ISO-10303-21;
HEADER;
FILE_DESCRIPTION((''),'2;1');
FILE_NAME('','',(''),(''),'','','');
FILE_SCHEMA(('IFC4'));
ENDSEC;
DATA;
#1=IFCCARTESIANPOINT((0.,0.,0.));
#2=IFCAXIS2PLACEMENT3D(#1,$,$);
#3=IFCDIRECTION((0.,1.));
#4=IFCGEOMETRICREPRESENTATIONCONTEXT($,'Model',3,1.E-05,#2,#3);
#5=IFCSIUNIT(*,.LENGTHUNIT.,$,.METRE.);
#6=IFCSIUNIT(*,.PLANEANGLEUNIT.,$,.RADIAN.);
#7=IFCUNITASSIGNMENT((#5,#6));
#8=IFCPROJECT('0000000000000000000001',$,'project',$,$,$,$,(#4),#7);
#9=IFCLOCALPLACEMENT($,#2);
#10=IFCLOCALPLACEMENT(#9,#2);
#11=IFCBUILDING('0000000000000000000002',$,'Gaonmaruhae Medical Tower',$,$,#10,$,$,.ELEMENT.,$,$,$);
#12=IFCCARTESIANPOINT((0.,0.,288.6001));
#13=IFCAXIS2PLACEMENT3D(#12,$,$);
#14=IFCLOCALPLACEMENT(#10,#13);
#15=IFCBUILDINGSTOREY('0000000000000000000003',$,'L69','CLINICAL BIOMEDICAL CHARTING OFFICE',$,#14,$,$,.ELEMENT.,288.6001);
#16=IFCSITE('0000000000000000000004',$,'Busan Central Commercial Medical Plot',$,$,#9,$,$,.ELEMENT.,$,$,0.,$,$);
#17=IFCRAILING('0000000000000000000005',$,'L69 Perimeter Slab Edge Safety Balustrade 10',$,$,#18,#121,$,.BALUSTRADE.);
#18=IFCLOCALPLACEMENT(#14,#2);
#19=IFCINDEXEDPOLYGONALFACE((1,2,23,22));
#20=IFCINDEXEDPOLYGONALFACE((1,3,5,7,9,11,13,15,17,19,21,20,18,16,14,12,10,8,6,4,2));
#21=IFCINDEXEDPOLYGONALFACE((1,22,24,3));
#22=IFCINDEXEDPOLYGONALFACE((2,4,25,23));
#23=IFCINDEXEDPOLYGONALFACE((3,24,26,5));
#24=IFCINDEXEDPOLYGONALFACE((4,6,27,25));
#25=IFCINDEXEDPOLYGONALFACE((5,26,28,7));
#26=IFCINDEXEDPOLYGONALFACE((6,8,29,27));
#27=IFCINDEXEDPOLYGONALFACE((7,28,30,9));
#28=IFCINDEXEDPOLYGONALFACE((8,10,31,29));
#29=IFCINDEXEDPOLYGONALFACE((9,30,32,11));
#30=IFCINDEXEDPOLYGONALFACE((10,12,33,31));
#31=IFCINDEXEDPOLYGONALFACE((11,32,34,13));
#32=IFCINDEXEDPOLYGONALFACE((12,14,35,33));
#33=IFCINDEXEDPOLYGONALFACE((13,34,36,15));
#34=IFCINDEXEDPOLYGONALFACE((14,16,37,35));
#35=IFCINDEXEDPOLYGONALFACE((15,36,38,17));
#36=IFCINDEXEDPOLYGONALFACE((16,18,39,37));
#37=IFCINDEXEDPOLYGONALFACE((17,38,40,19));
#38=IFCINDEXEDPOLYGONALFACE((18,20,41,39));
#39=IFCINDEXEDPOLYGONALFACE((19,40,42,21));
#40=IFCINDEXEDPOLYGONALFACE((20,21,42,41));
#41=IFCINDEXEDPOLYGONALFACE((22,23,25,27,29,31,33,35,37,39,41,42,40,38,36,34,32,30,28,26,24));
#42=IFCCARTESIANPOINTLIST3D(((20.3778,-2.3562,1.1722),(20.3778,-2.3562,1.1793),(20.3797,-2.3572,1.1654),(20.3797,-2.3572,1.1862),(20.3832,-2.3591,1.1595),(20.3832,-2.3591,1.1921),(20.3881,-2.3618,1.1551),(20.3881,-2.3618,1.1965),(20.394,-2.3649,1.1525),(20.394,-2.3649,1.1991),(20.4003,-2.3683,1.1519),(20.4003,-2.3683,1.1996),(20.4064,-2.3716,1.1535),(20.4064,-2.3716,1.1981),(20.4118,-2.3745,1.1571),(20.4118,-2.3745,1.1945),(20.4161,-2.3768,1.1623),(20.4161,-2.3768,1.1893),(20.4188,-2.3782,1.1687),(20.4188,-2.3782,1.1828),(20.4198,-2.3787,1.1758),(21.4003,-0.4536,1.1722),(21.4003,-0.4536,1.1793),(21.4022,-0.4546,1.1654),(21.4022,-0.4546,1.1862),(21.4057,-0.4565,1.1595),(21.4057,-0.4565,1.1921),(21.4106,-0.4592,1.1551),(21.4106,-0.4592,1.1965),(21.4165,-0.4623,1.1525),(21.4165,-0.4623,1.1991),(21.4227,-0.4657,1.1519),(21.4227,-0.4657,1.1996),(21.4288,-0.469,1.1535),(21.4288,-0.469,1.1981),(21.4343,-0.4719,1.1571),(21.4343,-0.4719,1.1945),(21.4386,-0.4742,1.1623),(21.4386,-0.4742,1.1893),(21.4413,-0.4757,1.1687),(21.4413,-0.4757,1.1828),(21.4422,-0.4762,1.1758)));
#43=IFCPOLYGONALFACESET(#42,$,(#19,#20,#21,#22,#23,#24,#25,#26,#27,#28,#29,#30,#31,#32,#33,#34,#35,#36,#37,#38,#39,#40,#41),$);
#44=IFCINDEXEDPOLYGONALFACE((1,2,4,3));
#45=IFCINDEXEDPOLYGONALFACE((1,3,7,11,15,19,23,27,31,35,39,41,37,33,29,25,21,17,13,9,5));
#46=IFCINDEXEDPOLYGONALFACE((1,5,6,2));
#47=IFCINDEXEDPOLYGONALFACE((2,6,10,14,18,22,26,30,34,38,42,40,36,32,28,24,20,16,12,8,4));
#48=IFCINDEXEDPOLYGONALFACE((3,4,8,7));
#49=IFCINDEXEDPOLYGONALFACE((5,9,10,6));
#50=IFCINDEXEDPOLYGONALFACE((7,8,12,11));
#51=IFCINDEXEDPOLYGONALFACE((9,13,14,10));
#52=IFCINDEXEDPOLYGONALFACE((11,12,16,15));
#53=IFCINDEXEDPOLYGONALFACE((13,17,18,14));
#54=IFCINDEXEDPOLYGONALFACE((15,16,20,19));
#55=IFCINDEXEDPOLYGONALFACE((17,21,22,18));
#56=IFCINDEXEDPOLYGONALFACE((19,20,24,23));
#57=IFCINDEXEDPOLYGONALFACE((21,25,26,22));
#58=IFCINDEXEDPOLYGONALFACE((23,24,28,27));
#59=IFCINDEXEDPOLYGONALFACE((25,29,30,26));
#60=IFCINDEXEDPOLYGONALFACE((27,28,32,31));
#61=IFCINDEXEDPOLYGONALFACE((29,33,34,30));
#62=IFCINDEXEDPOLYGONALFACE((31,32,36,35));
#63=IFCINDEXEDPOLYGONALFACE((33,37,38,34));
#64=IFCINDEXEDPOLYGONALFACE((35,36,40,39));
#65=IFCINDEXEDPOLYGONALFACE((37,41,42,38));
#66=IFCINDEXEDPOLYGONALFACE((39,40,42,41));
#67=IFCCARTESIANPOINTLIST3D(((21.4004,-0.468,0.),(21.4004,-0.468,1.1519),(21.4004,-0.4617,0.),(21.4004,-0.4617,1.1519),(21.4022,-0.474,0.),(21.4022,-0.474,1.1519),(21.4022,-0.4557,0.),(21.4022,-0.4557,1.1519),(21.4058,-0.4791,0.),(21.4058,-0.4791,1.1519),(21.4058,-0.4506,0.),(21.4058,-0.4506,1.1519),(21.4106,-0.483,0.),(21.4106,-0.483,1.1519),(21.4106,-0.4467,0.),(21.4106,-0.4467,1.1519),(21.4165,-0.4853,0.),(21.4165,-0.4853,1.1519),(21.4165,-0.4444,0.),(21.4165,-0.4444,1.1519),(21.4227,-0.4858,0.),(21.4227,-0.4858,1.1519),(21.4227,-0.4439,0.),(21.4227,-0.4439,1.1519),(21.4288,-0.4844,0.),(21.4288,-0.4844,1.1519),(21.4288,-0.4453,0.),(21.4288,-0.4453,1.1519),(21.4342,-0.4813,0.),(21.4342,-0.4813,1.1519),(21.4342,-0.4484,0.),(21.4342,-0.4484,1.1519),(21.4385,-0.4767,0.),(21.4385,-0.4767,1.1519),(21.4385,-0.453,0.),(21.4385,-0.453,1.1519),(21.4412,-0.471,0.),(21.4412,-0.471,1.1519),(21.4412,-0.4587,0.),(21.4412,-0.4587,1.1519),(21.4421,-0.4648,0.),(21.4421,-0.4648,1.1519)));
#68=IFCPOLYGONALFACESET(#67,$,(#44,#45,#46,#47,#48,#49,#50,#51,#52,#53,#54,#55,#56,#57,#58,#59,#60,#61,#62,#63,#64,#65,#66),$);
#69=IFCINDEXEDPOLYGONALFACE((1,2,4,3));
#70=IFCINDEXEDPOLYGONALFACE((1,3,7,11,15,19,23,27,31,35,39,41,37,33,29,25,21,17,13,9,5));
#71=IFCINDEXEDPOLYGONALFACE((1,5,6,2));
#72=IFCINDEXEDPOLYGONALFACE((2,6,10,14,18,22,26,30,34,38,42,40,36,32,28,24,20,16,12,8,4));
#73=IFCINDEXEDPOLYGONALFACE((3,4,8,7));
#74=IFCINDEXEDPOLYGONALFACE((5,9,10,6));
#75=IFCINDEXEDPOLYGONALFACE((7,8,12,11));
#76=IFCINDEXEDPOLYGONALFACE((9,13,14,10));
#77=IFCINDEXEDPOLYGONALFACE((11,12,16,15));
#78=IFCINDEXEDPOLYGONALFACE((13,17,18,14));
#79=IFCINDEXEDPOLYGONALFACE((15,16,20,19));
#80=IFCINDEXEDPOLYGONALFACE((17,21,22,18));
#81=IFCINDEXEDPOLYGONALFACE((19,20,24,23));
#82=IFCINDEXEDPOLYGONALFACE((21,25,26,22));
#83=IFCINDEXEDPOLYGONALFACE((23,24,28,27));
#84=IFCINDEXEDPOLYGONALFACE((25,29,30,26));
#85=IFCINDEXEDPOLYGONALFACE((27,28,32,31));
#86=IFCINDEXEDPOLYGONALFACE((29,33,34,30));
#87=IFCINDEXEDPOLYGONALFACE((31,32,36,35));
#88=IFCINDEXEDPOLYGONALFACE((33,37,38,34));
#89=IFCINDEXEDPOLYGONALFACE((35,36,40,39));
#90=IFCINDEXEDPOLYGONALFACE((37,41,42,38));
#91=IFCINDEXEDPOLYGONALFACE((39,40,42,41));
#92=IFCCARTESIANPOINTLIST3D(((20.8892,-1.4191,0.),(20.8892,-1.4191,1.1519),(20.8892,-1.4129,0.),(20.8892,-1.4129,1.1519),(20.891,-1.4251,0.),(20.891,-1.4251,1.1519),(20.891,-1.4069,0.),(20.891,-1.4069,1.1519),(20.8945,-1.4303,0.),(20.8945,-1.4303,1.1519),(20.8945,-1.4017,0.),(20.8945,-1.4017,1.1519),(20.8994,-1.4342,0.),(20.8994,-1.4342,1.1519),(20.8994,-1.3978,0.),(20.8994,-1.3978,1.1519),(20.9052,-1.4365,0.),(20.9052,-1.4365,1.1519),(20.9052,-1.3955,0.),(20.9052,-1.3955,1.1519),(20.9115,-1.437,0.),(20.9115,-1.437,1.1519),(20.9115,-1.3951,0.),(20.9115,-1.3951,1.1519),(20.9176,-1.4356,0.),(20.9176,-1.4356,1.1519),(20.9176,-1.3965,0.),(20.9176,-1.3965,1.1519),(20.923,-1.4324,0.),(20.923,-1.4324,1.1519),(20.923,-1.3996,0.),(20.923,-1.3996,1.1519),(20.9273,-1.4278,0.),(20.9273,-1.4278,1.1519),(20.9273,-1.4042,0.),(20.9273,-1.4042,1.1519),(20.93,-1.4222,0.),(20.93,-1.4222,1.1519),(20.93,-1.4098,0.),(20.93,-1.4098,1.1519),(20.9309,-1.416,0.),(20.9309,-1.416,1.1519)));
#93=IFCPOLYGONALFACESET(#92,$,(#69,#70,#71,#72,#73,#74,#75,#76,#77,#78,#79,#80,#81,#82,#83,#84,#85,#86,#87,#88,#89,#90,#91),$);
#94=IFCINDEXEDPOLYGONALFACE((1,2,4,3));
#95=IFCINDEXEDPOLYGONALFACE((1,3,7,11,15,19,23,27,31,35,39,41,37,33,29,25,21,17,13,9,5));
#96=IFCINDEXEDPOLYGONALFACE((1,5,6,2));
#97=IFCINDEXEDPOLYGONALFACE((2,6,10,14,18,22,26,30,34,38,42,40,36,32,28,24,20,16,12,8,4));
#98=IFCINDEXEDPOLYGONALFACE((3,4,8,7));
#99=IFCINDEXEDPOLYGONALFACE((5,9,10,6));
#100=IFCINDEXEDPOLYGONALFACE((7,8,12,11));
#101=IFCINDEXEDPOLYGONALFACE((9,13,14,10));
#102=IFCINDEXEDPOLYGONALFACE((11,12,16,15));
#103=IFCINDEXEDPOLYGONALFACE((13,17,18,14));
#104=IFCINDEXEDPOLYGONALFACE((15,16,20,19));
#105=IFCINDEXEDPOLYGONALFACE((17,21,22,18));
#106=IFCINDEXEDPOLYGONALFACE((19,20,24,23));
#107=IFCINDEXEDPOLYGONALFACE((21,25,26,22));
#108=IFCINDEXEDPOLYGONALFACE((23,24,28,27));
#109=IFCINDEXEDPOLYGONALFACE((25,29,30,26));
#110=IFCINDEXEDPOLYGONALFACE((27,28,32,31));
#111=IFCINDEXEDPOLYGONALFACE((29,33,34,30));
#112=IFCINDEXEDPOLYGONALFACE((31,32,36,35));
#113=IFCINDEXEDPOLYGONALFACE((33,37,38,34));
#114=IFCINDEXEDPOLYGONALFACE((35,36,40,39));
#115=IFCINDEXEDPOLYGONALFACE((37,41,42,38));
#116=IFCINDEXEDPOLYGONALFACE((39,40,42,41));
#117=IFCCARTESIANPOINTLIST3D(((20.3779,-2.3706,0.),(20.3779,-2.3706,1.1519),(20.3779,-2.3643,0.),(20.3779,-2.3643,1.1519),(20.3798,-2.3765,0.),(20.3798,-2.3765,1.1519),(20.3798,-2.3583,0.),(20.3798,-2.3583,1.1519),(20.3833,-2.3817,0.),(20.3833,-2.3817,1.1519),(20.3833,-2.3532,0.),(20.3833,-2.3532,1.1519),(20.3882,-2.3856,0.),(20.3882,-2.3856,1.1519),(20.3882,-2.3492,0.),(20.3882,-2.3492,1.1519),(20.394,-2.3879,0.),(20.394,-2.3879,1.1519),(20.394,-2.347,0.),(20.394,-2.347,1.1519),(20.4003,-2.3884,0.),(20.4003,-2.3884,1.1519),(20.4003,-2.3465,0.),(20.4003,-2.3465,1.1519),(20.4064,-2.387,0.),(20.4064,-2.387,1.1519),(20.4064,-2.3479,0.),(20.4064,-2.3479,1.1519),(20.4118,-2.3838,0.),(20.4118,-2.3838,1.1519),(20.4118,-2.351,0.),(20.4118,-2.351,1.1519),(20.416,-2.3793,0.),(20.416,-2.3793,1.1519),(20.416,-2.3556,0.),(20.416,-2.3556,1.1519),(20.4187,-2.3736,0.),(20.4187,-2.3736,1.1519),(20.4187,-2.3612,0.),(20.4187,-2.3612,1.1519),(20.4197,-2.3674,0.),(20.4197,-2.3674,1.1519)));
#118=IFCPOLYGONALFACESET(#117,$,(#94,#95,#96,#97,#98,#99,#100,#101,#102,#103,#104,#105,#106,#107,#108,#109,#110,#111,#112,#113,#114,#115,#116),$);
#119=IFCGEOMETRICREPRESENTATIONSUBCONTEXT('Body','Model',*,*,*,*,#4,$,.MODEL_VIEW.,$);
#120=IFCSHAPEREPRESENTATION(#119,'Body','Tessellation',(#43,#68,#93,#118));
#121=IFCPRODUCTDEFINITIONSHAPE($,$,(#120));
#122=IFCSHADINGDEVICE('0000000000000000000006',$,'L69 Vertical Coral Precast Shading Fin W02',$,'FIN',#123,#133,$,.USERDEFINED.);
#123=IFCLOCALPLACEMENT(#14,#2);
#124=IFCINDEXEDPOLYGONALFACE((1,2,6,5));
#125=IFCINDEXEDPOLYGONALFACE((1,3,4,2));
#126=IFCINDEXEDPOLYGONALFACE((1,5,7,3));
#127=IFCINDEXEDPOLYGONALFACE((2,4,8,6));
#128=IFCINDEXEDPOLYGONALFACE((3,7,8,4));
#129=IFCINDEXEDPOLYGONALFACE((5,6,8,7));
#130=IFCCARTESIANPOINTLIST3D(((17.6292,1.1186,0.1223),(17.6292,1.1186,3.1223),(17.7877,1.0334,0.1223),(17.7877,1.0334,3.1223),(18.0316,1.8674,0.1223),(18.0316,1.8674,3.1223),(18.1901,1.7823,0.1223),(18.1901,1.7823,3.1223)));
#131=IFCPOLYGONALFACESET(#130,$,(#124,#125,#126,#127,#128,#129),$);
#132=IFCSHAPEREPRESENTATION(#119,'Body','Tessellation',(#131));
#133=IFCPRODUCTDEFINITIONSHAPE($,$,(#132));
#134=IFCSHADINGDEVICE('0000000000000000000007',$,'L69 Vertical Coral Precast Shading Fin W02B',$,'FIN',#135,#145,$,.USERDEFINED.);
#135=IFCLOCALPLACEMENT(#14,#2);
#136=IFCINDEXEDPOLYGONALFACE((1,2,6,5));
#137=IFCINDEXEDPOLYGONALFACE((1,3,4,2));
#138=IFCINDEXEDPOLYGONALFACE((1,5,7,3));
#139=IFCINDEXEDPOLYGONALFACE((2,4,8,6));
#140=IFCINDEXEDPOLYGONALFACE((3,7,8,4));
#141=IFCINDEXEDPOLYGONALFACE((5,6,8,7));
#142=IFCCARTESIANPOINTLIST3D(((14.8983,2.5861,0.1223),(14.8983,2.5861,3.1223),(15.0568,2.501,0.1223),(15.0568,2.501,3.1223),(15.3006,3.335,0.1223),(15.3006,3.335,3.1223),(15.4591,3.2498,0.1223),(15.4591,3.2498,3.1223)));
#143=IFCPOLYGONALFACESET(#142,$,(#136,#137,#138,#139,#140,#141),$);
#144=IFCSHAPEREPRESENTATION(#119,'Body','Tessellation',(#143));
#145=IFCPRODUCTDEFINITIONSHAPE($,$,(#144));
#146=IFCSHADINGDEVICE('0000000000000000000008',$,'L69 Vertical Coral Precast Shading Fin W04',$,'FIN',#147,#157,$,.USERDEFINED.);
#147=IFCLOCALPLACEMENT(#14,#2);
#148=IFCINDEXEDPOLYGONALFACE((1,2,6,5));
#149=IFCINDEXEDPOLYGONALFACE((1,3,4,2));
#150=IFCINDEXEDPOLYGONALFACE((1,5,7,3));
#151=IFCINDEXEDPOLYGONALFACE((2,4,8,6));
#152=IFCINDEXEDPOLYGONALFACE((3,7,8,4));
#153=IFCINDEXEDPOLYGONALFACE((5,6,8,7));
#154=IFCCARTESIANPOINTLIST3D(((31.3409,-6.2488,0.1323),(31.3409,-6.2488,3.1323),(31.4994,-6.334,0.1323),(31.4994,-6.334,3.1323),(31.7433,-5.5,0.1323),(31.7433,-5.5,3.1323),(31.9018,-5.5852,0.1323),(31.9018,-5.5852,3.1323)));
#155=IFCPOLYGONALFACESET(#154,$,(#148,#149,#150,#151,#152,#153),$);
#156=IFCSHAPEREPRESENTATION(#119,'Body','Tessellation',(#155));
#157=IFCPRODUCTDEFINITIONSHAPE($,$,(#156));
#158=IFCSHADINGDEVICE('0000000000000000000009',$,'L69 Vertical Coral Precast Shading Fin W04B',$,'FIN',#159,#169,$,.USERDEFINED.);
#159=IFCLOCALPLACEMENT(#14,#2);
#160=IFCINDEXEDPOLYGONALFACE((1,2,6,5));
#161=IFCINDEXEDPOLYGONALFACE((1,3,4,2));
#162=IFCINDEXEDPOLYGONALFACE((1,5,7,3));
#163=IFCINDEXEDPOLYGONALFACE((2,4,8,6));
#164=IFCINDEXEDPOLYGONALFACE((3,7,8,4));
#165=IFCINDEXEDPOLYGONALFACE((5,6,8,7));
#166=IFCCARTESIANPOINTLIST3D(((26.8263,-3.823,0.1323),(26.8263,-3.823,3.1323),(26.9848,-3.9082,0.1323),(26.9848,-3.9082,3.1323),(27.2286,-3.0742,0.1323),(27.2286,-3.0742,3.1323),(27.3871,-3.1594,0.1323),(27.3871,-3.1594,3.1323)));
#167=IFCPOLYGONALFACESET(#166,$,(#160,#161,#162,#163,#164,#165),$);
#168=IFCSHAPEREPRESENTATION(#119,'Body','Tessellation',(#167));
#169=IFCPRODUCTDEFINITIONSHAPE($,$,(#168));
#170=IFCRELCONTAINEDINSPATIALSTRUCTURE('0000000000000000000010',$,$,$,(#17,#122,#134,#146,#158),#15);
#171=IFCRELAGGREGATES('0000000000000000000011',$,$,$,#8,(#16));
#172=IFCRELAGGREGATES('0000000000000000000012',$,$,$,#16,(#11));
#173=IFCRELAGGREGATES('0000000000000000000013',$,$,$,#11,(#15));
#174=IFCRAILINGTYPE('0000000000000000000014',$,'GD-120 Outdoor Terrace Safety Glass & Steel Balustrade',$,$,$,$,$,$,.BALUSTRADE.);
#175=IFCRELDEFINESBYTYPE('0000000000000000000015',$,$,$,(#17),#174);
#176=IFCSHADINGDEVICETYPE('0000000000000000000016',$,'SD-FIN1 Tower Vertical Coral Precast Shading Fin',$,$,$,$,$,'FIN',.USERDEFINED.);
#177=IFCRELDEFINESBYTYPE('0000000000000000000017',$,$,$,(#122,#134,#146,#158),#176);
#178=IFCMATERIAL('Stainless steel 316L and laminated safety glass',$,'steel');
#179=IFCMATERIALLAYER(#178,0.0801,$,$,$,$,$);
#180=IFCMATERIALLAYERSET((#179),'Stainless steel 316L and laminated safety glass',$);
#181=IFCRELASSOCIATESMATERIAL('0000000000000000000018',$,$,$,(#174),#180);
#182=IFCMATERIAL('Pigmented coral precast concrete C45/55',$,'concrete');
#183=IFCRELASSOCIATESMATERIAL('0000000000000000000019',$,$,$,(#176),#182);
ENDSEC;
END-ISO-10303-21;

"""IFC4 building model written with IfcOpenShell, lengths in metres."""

from ifc_helpers import new_model, si_unit, direction, frame, origin, origin_2d, place, context, subcontext, project, spatial, rectangle, circle, extrude, material, layer, layer_set, type_object, element, save


model = new_model("IFC4")

# Units and contexts
model_context = context("Model", 3, precision=1e-05, world=origin(), true_north=direction((0.0, 1.0)))
body_context = subcontext(model_context, "Body", "Model", "MODEL_VIEW")
ifc_project = project(units=[si_unit("LENGTHUNIT", "METRE"), si_unit("PLANEANGLEUNIT", "RADIAN")], contexts=[model_context])

# Site, building, storey
site_placement = place(None, origin())
site = spatial("IfcSite", under=ifc_project, at=site_placement, Name="Busan Central Commercial Medical Plot", CompositionType="ELEMENT", RefElevation=0.0)
building_placement = place(site_placement, origin())
building = spatial("IfcBuilding", under=site, at=building_placement, Name="Gaonmaruhae Medical Tower", CompositionType="ELEMENT")
storey_placement = place(building_placement, frame((0.0, 0.0, 288.6001)))
storey = spatial("IfcBuildingStorey", under=building, at=storey_placement, Name="L69", Description="CLINICAL BIOMEDICAL CHARTING OFFICE", CompositionType="ELEMENT", Elevation=288.6001)

# Railing
ifc_material_1 = material(Name="Stainless steel 316L and laminated safety glass", Category="steel")
ifc_layer_1 = layer(ifc_material_1, 0.0801)
ifc_layer_set_1 = layer_set([ifc_layer_1], Name="Stainless steel 316L and laminated safety glass")
railing_type = type_object("IfcRailingType", Name="GD-120 Outdoor Terrace Safety Glass & Steel Balustrade", PredefinedType="BALUSTRADE", material=ifc_layer_set_1)
railing_1_placement = place(storey_placement, frame((21.4211, -0.4648, 0.0)))
element("IfcRailing", 1, at=railing_1_placement, inside=storey, type_object=railing_type, Name="L69 Perimeter Slab Edge Safety Balustrade 10", PredefinedType="BALUSTRADE", context=body_context, shape_type="SweptSolid", body=[
    extrude(circle(Radius=0.0239, at=origin_2d()), frame((0.0, 0.0, 1.1758), z_axis=(-0.473378, -0.880859, 0.0), x_axis=(0.880859, -0.473378, 0.0)), (0.0, 0.0, 1.0), 2.1599),
    extrude(circle(Radius=0.021, at=origin_2d()), origin(), (0.0, 0.0, 1.0), 1.1519),
    extrude(circle(Radius=0.021, at=origin_2d()), frame((-0.5112, -0.9512, 0.0)), (0.0, 0.0, 1.0), 1.1519),
    extrude(circle(Radius=0.021, at=origin_2d()), frame((-1.0225, -1.9026, 0.0)), (0.0, 0.0, 1.0), 1.1519),
])

# Shading devices
ifc_material_2 = material(Name="Pigmented coral precast concrete C45/55", Category="concrete")
shading_device_type = type_object("IfcShadingDeviceType", Name="SD-FIN1 Tower Vertical Coral Precast Shading Fin", ElementType="FIN", PredefinedType="USERDEFINED", material=ifc_material_2)
for number, where, z_axis, x_axis, name in (
    (2, (17.9097, 1.4504, 0.1223), (0.0, 0.0, 1.0), (-0.880891, 0.47332, 0.0), "L69 Vertical Coral Precast Shading Fin W02"),
    (3, (15.1787, 2.918, 0.1223), (0.0, 0.0, 1.0), (-0.880891, 0.47332, 0.0), "L69 Vertical Coral Precast Shading Fin W02B"),
    (4, (31.6213, -5.917, 0.1323), (0.0, 0.0, 1.0), (-0.880891, 0.47332, 0.0), "L69 Vertical Coral Precast Shading Fin W04"),
    (5, (27.1067, -3.4912, 0.1323), (0.0, 0.0, 1.0), (-0.880891, 0.47332, 0.0), "L69 Vertical Coral Precast Shading Fin W04B"),
):
    element("IfcShadingDevice", number, at=place(storey_placement, frame(where, z_axis=z_axis, x_axis=x_axis)), inside=storey, type_object=shading_device_type, Name=name, ObjectType="FIN", PredefinedType="USERDEFINED", context=body_context, shape_type="SweptSolid", body=[
        extrude(rectangle(XDim=0.1799, YDim=0.8501, at=origin_2d()), origin(), (0.0, 0.0, 1.0), 3.0),
    ])

save(model, "model.ifc")
